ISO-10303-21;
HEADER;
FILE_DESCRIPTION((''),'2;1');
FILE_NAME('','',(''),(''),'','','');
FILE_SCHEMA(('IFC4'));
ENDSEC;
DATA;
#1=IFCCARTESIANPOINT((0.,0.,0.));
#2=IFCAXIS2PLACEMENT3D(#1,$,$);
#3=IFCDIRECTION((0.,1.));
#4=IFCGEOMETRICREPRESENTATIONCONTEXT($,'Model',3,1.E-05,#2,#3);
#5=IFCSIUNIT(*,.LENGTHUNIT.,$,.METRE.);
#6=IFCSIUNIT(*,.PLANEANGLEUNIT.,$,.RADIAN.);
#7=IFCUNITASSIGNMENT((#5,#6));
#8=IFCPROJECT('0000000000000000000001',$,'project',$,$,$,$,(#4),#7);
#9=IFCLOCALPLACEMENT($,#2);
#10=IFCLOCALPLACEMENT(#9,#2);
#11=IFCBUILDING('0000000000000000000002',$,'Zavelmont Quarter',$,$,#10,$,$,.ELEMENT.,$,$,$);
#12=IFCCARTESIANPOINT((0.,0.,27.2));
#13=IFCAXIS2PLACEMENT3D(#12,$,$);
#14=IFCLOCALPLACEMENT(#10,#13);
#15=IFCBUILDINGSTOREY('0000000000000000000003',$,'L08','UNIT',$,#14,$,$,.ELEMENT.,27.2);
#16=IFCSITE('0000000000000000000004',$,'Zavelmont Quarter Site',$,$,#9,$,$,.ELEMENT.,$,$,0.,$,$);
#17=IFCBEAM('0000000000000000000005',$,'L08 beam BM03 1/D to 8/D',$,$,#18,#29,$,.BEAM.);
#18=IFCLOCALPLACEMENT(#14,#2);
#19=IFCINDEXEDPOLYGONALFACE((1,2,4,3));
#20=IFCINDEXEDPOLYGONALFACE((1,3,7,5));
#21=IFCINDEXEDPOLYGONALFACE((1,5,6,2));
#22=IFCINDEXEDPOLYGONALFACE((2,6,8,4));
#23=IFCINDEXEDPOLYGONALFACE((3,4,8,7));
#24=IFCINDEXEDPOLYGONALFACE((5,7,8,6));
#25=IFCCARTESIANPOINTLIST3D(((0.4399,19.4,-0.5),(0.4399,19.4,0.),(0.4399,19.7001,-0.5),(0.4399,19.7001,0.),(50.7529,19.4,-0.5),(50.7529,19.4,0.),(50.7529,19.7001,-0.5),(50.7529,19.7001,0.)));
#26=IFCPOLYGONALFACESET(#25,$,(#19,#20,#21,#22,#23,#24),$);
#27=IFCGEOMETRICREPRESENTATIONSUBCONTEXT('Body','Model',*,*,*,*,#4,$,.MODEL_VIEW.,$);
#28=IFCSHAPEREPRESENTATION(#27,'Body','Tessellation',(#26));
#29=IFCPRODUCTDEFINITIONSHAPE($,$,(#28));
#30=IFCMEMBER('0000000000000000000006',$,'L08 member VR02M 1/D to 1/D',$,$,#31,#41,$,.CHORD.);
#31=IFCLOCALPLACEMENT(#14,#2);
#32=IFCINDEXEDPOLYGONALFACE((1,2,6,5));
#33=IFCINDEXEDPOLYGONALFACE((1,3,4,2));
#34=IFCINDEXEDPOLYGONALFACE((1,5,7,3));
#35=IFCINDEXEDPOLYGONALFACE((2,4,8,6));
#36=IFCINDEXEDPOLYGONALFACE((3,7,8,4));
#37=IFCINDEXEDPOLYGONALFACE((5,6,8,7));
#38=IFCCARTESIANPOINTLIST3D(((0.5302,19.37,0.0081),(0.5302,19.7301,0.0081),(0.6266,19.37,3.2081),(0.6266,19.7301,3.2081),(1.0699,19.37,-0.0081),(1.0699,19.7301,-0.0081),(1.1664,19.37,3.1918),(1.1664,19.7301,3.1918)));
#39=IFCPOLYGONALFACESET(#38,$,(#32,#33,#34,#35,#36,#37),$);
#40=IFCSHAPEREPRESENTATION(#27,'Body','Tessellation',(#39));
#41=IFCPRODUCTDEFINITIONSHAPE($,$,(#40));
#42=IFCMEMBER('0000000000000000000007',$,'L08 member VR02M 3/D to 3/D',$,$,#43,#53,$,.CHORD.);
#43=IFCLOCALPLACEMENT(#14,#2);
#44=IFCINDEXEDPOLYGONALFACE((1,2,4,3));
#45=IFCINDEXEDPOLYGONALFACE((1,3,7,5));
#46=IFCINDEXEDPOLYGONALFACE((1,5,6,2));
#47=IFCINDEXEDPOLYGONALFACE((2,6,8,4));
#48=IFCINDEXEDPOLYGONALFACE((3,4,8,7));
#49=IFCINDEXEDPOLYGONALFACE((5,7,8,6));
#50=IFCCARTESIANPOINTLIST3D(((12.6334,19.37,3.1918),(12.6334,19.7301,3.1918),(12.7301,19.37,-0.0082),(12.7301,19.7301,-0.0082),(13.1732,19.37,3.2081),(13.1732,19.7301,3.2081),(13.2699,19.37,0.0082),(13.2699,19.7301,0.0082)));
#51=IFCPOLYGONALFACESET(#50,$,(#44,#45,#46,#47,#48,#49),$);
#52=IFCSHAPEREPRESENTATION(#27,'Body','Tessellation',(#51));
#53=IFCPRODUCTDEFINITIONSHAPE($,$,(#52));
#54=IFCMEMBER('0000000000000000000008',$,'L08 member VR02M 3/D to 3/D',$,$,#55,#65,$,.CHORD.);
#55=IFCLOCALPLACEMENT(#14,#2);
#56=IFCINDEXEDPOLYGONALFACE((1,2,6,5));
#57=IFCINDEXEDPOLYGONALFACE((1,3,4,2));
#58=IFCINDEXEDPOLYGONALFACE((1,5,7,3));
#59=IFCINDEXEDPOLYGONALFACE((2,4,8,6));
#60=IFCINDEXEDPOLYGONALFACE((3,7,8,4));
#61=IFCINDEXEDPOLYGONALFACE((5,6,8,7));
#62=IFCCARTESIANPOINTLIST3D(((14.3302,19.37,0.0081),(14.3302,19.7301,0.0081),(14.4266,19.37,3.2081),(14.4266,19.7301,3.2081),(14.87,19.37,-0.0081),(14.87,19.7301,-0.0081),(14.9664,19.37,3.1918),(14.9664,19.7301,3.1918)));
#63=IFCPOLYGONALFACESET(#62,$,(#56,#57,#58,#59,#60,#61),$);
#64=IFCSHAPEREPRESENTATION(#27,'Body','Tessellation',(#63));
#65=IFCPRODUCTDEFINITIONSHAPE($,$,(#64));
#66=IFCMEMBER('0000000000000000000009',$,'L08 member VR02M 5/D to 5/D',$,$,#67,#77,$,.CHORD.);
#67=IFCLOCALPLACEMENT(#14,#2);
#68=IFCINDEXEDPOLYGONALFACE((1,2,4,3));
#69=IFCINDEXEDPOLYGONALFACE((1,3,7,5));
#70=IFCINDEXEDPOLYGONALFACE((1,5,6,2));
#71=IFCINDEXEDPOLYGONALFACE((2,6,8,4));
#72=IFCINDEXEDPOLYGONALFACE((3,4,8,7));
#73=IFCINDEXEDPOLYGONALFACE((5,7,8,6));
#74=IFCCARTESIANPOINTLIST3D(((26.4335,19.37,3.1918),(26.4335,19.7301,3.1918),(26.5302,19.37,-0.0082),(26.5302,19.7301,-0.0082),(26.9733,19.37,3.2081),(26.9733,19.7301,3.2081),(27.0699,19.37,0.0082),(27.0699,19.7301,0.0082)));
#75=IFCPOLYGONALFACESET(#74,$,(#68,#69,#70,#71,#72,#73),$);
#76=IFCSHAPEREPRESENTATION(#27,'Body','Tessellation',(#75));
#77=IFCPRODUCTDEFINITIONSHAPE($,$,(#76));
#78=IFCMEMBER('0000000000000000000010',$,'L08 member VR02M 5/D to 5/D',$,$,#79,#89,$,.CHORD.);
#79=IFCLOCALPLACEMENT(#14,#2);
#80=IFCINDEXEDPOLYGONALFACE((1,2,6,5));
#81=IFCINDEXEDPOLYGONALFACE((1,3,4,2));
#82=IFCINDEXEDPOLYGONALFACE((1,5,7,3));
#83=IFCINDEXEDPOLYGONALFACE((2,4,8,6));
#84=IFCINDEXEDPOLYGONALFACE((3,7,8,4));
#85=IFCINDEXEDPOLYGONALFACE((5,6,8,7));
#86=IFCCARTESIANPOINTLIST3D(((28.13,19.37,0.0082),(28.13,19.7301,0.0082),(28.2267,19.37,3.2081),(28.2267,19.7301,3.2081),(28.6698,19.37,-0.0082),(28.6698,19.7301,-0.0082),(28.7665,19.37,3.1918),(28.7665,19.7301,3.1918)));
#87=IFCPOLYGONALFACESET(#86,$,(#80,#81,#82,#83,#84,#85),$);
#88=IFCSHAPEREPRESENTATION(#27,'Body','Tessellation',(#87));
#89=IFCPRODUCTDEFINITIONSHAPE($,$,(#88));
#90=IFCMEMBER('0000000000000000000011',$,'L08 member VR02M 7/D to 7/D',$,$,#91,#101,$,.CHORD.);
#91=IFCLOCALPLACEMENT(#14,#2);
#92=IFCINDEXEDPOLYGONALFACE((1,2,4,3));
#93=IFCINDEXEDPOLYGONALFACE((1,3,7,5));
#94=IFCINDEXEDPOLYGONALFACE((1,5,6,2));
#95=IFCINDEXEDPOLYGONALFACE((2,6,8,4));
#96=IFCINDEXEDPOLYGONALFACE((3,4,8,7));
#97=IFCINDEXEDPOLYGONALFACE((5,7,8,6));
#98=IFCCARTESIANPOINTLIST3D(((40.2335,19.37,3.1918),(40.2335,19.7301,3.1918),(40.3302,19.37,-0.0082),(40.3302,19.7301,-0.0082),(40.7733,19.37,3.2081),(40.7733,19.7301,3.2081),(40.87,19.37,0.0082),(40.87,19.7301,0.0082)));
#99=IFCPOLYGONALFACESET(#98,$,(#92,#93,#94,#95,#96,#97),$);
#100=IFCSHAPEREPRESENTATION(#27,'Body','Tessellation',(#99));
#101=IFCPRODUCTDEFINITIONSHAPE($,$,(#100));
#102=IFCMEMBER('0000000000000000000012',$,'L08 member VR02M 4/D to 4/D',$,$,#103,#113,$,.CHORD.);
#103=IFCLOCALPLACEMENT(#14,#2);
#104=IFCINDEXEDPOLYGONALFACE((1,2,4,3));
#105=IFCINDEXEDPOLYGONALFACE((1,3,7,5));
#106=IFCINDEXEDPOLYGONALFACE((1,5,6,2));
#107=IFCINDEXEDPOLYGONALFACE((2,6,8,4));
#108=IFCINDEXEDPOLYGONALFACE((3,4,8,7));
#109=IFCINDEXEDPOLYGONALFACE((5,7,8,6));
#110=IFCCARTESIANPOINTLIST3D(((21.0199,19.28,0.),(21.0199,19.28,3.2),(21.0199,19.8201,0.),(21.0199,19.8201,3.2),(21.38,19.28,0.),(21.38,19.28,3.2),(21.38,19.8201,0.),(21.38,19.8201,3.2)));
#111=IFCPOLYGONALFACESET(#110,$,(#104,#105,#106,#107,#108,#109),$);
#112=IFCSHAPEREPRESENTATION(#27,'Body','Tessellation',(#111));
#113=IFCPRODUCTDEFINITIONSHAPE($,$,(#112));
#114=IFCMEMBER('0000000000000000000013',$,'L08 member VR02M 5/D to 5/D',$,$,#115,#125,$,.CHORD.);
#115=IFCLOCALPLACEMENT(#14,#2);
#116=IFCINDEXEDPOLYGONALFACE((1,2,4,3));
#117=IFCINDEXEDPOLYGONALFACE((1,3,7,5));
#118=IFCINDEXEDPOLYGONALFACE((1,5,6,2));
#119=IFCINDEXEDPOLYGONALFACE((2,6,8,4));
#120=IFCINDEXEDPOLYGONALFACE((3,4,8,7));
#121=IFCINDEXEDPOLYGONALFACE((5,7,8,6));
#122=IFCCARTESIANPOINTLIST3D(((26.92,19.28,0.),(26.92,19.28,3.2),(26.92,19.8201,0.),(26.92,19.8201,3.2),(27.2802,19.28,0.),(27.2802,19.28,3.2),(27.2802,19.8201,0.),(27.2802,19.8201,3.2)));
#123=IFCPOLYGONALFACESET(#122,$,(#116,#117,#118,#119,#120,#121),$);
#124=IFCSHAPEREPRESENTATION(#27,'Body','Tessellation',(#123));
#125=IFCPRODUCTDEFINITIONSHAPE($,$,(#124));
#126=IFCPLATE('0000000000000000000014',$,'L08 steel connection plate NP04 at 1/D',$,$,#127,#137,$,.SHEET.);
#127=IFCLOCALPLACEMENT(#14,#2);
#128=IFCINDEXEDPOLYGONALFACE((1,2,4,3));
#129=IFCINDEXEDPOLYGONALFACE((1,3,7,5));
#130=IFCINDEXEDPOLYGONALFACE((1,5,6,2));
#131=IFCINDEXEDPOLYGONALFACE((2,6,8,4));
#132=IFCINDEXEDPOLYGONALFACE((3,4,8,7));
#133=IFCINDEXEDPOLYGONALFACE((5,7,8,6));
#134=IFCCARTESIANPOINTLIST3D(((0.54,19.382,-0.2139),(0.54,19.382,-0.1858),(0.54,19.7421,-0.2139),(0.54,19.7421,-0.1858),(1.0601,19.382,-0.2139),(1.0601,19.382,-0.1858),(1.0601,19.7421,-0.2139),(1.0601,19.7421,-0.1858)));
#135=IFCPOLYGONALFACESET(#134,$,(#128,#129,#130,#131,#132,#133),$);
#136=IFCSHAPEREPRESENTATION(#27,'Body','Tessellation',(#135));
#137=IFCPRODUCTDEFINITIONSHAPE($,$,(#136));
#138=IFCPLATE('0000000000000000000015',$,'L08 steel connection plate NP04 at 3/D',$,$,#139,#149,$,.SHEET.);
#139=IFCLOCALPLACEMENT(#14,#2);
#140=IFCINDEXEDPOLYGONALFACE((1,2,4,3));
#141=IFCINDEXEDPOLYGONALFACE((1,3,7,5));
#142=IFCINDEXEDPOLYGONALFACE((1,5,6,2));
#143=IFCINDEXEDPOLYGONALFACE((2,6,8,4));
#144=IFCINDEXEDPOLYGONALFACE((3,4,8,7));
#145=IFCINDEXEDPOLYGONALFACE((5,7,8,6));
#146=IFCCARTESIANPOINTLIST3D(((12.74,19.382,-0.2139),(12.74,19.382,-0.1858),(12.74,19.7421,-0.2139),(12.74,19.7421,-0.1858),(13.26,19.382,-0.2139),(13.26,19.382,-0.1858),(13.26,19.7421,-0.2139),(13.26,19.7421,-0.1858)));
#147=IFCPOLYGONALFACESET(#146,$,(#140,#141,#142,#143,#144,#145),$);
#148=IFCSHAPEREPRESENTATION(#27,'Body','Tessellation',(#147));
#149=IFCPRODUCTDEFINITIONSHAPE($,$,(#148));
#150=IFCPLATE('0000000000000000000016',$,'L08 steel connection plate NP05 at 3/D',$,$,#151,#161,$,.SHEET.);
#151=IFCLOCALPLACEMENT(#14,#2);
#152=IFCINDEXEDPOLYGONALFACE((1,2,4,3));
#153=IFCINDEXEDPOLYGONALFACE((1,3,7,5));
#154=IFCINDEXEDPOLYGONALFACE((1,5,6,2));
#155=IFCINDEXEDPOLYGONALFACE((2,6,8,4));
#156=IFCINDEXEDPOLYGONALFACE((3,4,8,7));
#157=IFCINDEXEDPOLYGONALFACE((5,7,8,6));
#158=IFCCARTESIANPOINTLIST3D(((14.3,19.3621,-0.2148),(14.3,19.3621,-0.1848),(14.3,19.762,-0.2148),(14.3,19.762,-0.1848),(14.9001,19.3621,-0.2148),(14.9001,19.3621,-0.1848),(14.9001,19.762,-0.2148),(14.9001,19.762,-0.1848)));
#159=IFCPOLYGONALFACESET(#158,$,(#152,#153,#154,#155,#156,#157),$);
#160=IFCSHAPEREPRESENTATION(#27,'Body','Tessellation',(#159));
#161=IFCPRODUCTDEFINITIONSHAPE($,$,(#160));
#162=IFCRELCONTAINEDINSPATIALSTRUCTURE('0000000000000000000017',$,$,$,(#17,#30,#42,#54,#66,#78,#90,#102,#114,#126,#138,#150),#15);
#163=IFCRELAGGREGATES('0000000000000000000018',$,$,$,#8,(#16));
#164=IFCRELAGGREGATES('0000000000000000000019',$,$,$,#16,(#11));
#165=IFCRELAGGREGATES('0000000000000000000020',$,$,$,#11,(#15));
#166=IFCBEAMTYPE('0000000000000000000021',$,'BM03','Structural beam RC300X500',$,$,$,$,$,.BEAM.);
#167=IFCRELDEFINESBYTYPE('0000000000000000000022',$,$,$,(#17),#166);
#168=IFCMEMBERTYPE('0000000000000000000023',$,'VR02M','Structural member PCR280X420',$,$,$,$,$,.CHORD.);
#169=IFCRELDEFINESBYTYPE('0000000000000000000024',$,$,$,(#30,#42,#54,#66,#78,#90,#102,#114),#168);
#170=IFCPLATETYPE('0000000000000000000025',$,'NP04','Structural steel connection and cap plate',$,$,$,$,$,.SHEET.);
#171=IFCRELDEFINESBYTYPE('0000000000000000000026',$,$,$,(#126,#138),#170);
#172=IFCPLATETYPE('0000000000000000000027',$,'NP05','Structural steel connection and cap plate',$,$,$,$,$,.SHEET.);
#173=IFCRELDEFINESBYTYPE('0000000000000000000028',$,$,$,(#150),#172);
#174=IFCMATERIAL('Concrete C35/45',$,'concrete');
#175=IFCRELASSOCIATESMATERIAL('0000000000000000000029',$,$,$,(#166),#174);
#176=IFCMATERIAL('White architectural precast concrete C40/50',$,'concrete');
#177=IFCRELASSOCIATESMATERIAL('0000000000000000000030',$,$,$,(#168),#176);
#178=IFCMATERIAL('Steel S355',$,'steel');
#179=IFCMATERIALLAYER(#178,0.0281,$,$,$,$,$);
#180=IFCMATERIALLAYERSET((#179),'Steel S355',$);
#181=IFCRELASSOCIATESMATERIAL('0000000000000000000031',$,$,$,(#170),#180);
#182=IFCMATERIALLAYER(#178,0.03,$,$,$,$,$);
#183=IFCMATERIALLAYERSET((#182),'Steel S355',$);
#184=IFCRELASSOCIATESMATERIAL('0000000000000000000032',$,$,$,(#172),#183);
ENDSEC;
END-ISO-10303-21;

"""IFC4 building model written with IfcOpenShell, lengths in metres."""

from ifc_helpers import new_model, si_unit, direction, frame, origin, origin_2d, place, context, subcontext, project, spatial, rectangle, extrude, material, layer, layer_set, material_profile, profile_set, type_object, element, save


model = new_model("IFC4")

# Units and contexts
model_context = context("Model", 3, precision=1e-05, world=origin(), true_north=direction((0.0, 1.0)))
body_context = subcontext(model_context, "Body", "Model", "MODEL_VIEW")
ifc_project = project(units=[si_unit("LENGTHUNIT", "METRE"), si_unit("PLANEANGLEUNIT", "RADIAN")], contexts=[model_context])

# Site, building, storey
site_placement = place(None, origin())
site = spatial("IfcSite", under=ifc_project, at=site_placement, Name="Zavelmont Quarter Site", CompositionType="ELEMENT", RefElevation=0.0)
building_placement = place(site_placement, origin())
building = spatial("IfcBuilding", under=site, at=building_placement, Name="Zavelmont Quarter", CompositionType="ELEMENT")
storey_placement = place(building_placement, frame((0.0, 0.0, 27.2)))
storey = spatial("IfcBuildingStorey", under=building, at=storey_placement, Name="L08", Description="UNIT", CompositionType="ELEMENT", Elevation=27.2)

# Beam
ifc_material_1 = material(Name="Concrete C35/45", Category="concrete")
ifc_material_profile_1 = material_profile(ifc_material_1, rectangle(XDim=0.3, YDim=0.5, at=origin_2d()), Name="RC300X500")
ifc_profile_set_1 = profile_set([ifc_material_profile_1], Name="Concrete C35/45")
beam_type = type_object("IfcBeamType", Name="BM03", Description="Structural beam RC300X500", PredefinedType="BEAM", material=ifc_profile_set_1)
beam_placement = place(storey_placement, frame((0.4399, 19.55, -0.25), z_axis=(1.0, 0.0, 0.0), x_axis=(0.0, 1.0, 0.0)))
element("IfcBeam", 1, at=beam_placement, inside=storey, type_object=beam_type, Name="L08 beam BM03 1/D to 8/D", PredefinedType="BEAM", context=body_context, shape_type="SweptSolid", body=[
    extrude(rectangle(XDim=0.3, YDim=0.5, at=origin_2d()), origin(), (0.0, 0.0, 1.0), 50.313),
])

# Members
ifc_material_2 = material(Name="White architectural precast concrete C40/50", Category="concrete")
ifc_material_profile_2 = material_profile(ifc_material_2, rectangle(XDim=0.3601, YDim=0.54, at=origin_2d()), Name="PCR280X420")
ifc_profile_set_2 = profile_set([ifc_material_profile_2], Name="White architectural precast concrete C40/50")
member_type = type_object("IfcMemberType", Name="VR02M", Description="Structural member PCR280X420", PredefinedType="CHORD", material=ifc_profile_set_2)
for number, where, z_axis, x_axis, name in (
    (2, (0.8, 19.55, 0.0), (0.030123, 0.0, 0.999546), (0.0, 1.0, 0.0), "L08 member VR02M 1/D to 1/D"),
    (3, (13.0, 19.55, 0.0), (-0.030199, 0.0, 0.999544), (0.0, -1.0, 0.0), "L08 member VR02M 3/D to 3/D"),
    (4, (14.6001, 19.55, 0.0), (0.030123, 0.0, 0.999546), (0.0, 1.0, 0.0), "L08 member VR02M 3/D to 3/D"),
    (5, (26.8, 19.55, 0.0), (-0.030199, 0.0, 0.999544), (0.0, -1.0, 0.0), "L08 member VR02M 5/D to 5/D"),
    (6, (28.3999, 19.55, 0.0), (0.030199, 0.0, 0.999544), (0.0, 1.0, 0.0), "L08 member VR02M 5/D to 5/D"),
    (7, (40.6001, 19.55, 0.0), (-0.030199, 0.0, 0.999544), (0.0, -1.0, 0.0), "L08 member VR02M 7/D to 7/D"),
):
    element("IfcMember", number, at=place(storey_placement, frame(where, z_axis=z_axis, x_axis=x_axis)), inside=storey, type_object=member_type, Name=name, PredefinedType="CHORD", context=body_context, shape_type="SweptSolid", body=[
        extrude(rectangle(XDim=0.3601, YDim=0.54, at=origin_2d()), origin(), (0.0, 0.0, 1.0), 3.2014),
    ])
for number, where, z_axis, x_axis, name in (
    (8, (21.2, 19.55, 0.0), (0.0, 0.0, 1.0), (1.0, 0.0, 0.0), "L08 member VR02M 4/D to 4/D"),
    (9, (27.1001, 19.55, 0.0), (0.0, 0.0, 1.0), (1.0, 0.0, 0.0), "L08 member VR02M 5/D to 5/D"),
):
    element("IfcMember", number, at=place(storey_placement, frame(where, z_axis=z_axis, x_axis=x_axis)), inside=storey, type_object=member_type, Name=name, PredefinedType="CHORD", context=body_context, shape_type="SweptSolid", body=[
        extrude(rectangle(XDim=0.3601, YDim=0.54, at=origin_2d()), origin(), (0.0, 0.0, 1.0), 3.2),
    ])

# Plates
ifc_material_3 = material(Name="Steel S355", Category="steel")
ifc_layer_1 = layer(ifc_material_3, 0.0281)
ifc_layer_set_1 = layer_set([ifc_layer_1], Name="Steel S355")
plate_type_1 = type_object("IfcPlateType", Name="NP04", Description="Structural steel connection and cap plate", PredefinedType="SHEET", material=ifc_layer_set_1)
for number, where, z_axis, x_axis, name in (
    (10, (0.8, 19.562, -0.2139), (0.0, 0.0, 1.0), (1.0, 0.0, 0.0), "L08 steel connection plate NP04 at 1/D"),
    (11, (13.0, 19.562, -0.2139), (0.0, 0.0, 1.0), (1.0, 0.0, 0.0), "L08 steel connection plate NP04 at 3/D"),
):
    element("IfcPlate", number, at=place(storey_placement, frame(where, z_axis=z_axis, x_axis=x_axis)), inside=storey, type_object=plate_type_1, Name=name, PredefinedType="SHEET", context=body_context, shape_type="SweptSolid", body=[
        extrude(rectangle(XDim=0.52, YDim=0.3601, at=origin_2d()), origin(), (0.0, 0.0, 1.0), 0.0281),
    ])
ifc_layer_2 = layer(ifc_material_3, 0.03)
ifc_layer_set_2 = layer_set([ifc_layer_2], Name="Steel S355")
plate_type_2 = type_object("IfcPlateType", Name="NP05", Description="Structural steel connection and cap plate", PredefinedType="SHEET", material=ifc_layer_set_2)
plate_placement = place(storey_placement, frame((14.6001, 19.562, -0.2148), z_axis=(0.0, 0.0, 1.0), x_axis=(1.0, 0.0, 0.0)))
element("IfcPlate", 12, at=plate_placement, inside=storey, type_object=plate_type_2, Name="L08 steel connection plate NP05 at 3/D", PredefinedType="SHEET", context=body_context, shape_type="SweptSolid", body=[
    extrude(rectangle(XDim=0.6001, YDim=0.3999, at=origin_2d()), origin(), (0.0, 0.0, 1.0), 0.03),
])

save(model, "model.ifc")
